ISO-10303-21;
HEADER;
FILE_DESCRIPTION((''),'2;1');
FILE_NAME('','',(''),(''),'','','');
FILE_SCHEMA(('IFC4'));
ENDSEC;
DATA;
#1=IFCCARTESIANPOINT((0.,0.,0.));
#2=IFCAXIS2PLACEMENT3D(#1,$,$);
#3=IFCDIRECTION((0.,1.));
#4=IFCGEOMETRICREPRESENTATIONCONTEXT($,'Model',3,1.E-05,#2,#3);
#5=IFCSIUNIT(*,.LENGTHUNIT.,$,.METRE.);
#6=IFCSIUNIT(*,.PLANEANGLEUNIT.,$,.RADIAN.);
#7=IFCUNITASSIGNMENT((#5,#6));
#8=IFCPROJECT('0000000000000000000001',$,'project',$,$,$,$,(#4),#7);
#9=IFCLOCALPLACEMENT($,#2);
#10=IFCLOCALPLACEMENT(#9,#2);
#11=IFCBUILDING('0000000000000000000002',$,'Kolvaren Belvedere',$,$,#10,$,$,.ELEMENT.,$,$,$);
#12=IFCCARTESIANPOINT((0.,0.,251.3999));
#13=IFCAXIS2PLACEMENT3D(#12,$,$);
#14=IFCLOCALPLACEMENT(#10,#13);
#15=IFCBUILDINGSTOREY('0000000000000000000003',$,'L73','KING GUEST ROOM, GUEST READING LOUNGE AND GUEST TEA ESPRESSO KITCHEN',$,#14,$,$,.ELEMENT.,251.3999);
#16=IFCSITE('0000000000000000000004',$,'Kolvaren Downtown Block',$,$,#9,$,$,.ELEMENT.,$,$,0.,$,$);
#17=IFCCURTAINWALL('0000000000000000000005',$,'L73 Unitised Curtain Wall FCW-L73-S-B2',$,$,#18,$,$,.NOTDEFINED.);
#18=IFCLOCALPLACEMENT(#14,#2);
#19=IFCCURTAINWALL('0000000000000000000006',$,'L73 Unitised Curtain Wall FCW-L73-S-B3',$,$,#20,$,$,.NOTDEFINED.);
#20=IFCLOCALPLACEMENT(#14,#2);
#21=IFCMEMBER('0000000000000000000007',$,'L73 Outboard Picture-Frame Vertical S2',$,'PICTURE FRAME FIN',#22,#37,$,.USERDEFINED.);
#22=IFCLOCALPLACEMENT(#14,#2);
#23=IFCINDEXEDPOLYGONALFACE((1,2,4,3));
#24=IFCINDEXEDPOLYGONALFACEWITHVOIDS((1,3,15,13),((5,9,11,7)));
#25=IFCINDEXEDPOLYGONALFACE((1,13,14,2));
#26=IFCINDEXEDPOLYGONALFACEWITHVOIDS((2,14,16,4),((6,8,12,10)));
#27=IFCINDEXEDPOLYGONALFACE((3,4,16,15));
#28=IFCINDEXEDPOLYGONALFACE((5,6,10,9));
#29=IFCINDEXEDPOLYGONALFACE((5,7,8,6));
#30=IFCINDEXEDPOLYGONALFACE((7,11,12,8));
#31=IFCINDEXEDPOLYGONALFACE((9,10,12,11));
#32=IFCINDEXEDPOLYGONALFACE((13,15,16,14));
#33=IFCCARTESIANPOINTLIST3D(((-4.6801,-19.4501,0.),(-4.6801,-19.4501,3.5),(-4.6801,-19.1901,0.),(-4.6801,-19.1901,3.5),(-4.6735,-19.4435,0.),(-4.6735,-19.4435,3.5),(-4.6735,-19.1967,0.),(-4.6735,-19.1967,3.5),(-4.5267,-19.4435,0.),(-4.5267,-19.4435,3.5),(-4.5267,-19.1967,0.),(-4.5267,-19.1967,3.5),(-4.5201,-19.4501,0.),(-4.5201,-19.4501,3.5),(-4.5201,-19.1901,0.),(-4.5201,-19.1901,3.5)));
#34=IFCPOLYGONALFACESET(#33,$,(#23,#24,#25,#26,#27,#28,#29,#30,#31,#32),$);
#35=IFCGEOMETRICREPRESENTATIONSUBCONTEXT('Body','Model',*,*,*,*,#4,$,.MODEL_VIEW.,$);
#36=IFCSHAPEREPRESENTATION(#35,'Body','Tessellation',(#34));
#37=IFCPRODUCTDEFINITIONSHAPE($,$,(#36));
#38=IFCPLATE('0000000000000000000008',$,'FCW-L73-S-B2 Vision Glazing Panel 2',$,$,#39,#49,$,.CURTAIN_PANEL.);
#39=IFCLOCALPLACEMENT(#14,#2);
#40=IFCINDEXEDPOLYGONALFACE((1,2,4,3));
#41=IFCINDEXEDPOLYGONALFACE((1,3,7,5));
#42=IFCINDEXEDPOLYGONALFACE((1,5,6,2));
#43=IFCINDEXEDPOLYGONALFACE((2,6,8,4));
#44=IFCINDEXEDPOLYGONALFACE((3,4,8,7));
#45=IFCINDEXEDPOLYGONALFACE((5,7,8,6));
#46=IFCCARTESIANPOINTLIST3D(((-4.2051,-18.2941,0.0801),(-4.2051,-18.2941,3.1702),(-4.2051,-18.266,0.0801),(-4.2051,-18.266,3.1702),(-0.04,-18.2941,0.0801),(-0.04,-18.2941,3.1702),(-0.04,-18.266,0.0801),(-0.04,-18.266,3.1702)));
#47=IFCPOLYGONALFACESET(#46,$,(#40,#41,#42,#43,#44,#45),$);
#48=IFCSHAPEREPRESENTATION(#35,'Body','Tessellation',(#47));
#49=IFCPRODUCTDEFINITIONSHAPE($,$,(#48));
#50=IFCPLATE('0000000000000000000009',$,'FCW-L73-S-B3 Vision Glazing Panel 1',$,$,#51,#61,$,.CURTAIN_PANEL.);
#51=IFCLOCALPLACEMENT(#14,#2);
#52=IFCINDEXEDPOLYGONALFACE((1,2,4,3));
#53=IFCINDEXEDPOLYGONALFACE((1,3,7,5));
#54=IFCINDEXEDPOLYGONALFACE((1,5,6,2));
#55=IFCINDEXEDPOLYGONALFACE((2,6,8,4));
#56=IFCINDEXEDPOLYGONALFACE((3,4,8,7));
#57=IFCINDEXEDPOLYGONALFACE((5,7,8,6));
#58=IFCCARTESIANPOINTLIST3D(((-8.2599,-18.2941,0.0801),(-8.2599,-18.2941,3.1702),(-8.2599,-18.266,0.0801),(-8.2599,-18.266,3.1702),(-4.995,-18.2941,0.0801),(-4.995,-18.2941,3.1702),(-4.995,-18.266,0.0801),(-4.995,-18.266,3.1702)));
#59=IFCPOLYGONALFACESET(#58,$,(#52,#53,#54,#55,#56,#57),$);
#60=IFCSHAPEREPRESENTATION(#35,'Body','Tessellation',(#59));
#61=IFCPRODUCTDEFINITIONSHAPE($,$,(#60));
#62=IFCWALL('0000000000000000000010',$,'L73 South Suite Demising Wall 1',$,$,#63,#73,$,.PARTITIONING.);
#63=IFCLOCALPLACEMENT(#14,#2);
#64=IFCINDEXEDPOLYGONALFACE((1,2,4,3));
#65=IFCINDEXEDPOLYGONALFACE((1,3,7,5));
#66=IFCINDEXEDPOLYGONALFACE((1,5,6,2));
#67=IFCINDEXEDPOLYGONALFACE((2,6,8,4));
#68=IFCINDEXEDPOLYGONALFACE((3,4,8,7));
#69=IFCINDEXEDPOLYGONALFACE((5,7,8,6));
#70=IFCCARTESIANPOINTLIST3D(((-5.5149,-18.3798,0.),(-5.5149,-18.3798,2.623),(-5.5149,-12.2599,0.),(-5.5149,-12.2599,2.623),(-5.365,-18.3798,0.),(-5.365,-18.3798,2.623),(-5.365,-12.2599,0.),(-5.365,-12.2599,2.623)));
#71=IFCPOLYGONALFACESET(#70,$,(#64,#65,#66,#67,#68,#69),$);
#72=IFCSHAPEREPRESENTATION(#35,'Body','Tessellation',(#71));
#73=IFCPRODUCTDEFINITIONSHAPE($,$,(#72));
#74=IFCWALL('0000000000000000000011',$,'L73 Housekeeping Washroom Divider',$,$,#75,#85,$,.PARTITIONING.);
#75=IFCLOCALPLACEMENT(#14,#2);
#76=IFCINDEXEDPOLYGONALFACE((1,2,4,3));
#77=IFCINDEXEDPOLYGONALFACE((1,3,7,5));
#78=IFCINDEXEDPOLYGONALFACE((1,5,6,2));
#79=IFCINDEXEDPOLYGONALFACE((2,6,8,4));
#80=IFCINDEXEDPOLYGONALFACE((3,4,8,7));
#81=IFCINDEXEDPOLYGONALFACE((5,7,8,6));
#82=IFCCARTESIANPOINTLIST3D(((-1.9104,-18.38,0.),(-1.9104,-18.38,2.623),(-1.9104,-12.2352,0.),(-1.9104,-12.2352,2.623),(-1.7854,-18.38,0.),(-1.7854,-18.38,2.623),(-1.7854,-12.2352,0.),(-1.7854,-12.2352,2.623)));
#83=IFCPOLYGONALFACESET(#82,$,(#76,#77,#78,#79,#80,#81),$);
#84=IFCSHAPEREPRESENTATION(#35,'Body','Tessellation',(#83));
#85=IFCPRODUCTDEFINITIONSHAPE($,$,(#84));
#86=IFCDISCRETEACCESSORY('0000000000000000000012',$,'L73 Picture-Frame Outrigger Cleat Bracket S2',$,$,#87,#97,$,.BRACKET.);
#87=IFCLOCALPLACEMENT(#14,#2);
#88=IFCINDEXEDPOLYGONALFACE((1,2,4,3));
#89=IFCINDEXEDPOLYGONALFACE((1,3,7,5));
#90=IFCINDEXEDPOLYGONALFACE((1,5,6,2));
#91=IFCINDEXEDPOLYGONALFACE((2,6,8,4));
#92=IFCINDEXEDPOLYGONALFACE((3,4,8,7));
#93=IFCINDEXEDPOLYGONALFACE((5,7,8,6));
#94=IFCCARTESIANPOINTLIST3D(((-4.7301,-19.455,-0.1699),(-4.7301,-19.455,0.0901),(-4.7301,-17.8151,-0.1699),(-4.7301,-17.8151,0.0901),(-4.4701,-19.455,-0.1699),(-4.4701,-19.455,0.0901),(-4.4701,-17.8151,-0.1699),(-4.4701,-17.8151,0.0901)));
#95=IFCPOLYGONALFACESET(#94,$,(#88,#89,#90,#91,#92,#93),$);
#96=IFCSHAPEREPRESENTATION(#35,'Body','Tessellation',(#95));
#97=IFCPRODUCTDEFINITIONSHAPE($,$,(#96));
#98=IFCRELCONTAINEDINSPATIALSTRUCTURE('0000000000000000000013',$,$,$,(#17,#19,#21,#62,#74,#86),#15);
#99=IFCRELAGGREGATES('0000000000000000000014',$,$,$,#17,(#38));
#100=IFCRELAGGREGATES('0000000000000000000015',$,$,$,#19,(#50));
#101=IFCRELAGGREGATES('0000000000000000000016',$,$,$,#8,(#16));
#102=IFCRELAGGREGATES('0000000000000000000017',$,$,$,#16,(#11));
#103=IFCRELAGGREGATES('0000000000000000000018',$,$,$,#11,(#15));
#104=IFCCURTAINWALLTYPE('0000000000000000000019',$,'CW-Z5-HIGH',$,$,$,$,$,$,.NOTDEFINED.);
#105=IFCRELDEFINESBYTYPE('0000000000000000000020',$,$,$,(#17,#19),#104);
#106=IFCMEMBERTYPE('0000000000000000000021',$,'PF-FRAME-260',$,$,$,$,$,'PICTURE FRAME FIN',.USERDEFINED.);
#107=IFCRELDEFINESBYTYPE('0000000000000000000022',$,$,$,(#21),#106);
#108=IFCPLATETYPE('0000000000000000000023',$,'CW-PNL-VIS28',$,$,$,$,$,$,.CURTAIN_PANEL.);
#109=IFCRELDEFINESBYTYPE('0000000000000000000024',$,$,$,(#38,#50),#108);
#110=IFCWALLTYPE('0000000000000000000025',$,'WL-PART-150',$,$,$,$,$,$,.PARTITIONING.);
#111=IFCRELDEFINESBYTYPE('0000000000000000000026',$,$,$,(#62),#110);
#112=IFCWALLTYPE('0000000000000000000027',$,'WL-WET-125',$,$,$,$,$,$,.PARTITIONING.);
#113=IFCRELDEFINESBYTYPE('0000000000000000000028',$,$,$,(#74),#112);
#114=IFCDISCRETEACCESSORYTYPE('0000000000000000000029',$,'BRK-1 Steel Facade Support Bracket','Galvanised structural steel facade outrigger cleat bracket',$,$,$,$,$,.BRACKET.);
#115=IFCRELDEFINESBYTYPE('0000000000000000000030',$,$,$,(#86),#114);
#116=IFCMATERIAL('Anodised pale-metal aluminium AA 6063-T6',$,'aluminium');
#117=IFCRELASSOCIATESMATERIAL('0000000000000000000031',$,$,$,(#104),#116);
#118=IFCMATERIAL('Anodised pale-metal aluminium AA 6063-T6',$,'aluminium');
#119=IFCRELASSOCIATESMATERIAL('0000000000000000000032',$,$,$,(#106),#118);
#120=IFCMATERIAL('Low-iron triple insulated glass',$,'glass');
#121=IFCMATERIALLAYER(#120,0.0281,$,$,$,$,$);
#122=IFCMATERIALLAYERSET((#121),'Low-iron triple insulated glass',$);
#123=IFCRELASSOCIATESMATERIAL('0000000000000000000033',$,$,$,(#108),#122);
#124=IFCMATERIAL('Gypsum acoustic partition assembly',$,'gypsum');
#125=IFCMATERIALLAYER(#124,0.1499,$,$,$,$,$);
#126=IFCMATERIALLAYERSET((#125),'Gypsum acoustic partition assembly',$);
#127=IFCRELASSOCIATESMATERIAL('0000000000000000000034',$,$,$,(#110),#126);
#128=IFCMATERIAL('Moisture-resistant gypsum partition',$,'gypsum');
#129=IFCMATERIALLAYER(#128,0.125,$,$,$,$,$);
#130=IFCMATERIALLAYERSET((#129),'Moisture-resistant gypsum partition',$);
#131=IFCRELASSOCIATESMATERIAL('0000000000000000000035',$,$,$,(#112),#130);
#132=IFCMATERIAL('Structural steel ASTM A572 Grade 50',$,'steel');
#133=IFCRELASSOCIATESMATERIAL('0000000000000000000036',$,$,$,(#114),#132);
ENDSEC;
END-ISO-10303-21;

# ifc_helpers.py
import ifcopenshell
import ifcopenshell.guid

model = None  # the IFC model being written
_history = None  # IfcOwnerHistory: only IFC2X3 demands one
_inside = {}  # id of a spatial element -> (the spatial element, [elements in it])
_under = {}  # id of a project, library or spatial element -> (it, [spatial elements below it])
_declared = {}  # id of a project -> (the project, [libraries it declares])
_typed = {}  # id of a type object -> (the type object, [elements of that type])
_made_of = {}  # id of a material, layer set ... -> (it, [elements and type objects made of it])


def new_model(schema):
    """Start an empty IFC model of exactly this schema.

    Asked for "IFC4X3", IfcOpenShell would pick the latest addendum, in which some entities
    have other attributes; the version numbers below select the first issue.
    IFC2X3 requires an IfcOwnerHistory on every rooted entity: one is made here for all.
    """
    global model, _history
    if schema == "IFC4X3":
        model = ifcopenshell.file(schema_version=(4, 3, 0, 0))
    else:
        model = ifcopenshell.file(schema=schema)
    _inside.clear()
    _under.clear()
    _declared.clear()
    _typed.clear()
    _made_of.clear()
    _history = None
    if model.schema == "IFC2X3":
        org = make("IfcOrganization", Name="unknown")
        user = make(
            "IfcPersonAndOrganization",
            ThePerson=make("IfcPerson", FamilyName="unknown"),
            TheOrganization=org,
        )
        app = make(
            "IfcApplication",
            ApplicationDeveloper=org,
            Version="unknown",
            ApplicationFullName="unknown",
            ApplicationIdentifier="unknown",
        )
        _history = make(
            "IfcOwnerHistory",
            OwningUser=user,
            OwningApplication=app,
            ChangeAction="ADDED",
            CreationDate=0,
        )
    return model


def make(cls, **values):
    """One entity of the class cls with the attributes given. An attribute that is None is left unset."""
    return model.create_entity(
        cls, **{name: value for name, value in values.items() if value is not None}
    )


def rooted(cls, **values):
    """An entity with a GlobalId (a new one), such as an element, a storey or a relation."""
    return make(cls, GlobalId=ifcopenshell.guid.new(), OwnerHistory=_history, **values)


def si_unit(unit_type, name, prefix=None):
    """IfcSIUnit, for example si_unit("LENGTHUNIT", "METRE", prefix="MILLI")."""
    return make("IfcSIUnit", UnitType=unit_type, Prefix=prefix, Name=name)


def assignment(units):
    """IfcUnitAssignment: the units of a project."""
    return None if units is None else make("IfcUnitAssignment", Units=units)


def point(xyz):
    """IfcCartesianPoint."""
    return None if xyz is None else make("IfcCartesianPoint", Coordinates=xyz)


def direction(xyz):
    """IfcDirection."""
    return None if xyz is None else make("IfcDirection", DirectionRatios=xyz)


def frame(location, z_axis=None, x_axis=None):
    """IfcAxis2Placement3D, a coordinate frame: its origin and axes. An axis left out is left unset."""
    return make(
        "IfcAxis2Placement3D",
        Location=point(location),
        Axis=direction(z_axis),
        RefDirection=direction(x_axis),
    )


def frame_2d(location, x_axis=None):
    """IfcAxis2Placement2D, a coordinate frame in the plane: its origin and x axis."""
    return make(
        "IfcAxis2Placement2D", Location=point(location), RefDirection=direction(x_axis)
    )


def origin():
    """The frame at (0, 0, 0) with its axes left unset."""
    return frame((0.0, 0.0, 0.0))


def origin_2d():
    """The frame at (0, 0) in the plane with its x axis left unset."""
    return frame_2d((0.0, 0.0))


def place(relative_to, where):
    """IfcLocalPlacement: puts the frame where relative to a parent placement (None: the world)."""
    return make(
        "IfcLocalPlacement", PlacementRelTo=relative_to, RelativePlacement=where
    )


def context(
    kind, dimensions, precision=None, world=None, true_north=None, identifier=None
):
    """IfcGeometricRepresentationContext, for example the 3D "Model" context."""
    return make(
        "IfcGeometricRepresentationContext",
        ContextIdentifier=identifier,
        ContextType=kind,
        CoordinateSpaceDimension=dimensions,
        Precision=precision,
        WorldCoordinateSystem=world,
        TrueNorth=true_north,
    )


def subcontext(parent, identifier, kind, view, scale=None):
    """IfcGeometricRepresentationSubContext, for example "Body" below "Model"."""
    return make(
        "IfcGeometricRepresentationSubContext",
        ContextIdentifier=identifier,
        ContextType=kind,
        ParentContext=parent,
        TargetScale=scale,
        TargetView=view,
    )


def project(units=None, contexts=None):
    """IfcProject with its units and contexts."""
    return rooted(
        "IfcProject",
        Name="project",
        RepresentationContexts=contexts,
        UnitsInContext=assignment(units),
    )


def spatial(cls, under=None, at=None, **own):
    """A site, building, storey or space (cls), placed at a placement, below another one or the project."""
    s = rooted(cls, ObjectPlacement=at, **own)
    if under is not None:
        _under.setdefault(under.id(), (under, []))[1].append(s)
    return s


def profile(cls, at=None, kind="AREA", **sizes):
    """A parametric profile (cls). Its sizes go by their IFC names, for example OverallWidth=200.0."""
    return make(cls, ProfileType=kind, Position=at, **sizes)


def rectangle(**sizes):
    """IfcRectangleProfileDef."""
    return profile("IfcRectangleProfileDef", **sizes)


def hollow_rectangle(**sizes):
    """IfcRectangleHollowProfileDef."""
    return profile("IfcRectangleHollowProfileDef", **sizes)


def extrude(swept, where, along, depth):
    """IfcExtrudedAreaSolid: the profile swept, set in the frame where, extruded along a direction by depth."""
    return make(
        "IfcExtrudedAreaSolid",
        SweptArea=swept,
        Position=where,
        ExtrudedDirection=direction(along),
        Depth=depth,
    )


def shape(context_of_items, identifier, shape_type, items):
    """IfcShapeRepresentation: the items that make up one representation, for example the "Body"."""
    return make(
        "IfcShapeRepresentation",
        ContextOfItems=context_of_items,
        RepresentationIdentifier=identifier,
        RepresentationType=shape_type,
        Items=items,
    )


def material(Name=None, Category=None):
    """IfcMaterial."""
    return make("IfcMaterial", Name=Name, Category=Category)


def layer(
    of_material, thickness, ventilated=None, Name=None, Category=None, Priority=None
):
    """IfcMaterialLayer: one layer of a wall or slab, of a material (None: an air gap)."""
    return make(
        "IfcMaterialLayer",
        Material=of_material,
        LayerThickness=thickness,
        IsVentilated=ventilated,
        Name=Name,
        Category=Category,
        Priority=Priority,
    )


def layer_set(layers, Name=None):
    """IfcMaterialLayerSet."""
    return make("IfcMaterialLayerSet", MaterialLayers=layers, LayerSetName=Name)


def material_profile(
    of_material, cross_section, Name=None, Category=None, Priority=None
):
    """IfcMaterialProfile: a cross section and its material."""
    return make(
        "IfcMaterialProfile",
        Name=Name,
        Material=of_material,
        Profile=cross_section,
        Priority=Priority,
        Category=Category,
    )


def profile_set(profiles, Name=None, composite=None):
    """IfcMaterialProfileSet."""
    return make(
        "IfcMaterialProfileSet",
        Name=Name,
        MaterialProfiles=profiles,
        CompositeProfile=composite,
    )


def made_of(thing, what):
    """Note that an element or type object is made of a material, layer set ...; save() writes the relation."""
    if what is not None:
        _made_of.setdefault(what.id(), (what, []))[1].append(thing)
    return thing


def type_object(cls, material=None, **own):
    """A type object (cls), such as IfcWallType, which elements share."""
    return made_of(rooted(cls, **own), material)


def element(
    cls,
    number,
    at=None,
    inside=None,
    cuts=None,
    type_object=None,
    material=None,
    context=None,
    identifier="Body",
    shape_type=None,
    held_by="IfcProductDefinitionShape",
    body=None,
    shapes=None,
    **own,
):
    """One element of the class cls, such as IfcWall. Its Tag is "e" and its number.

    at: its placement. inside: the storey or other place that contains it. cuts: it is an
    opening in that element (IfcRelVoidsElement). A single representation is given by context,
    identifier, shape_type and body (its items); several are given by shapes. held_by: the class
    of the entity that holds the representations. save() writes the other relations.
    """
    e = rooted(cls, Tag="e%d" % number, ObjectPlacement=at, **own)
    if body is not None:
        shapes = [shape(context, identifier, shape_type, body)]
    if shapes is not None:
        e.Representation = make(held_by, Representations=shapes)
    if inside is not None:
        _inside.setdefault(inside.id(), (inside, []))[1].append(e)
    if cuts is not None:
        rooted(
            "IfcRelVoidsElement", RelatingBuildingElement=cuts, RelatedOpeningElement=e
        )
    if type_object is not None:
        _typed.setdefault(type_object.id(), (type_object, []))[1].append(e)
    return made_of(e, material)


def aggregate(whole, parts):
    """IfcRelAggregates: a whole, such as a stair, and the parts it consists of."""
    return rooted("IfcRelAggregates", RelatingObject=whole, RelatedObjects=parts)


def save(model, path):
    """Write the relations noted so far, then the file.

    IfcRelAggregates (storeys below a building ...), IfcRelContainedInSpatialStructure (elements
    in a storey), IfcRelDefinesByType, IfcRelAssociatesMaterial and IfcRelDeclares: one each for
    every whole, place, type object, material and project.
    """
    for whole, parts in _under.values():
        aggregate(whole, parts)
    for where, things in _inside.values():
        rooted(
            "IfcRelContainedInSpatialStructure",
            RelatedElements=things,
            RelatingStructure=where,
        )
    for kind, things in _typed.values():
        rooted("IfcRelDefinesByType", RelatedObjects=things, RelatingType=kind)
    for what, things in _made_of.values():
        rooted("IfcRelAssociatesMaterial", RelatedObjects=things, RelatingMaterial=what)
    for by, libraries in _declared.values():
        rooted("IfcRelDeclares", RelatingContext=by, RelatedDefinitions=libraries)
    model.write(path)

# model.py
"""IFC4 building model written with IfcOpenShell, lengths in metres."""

from ifc_helpers import new_model, si_unit, direction, frame, frame_2d, origin, origin_2d, place, context, subcontext, project, spatial, rectangle, hollow_rectangle, extrude, material, layer, layer_set, material_profile, profile_set, type_object, element, aggregate, save


model = new_model("IFC4")

# Units and contexts
model_context = context("Model", 3, precision=1e-05, world=origin(), true_north=direction((0.0, 1.0)))
body_context = subcontext(model_context, "Body", "Model", "MODEL_VIEW")
ifc_project = project(units=[si_unit("LENGTHUNIT", "METRE"), si_unit("PLANEANGLEUNIT", "RADIAN")], contexts=[model_context])

# Site, building, storey
site_placement = place(None, origin())
site = spatial("IfcSite", under=ifc_project, at=site_placement, Name="Kolvaren Downtown Block", CompositionType="ELEMENT", RefElevation=0.0)
building_placement = place(site_placement, origin())
building = spatial("IfcBuilding", under=site, at=building_placement, Name="Kolvaren Belvedere", CompositionType="ELEMENT")
storey_placement = place(building_placement, frame((0.0, 0.0, 251.3999)))
storey = spatial("IfcBuildingStorey", under=building, at=storey_placement, Name="L73", Description="KING GUEST ROOM, GUEST READING LOUNGE AND GUEST TEA ESPRESSO KITCHEN", CompositionType="ELEMENT", Elevation=251.3999)

# Curtain wall
ifc_material_1 = material(Name="Anodised pale-metal aluminium AA 6063-T6", Category="aluminium")
curtain_wall_type = type_object("IfcCurtainWallType", Name="CW-Z5-HIGH", PredefinedType="NOTDEFINED", material=ifc_material_1)
curtain_wall_1_placement = place(storey_placement, origin())
curtain_wall_1 = element("IfcCurtainWall", 1, at=curtain_wall_1_placement, inside=storey, type_object=curtain_wall_type, Name="L73 Unitised Curtain Wall FCW-L73-S-B2", PredefinedType="NOTDEFINED")

# Curtain wall
curtain_wall_2_placement = place(storey_placement, origin())
curtain_wall_2 = element("IfcCurtainWall", 2, at=curtain_wall_2_placement, inside=storey, type_object=curtain_wall_type, Name="L73 Unitised Curtain Wall FCW-L73-S-B3", PredefinedType="NOTDEFINED")

# Member
ifc_material_2 = material(Name="Anodised pale-metal aluminium AA 6063-T6", Category="aluminium")
ifc_material_profile_1 = material_profile(ifc_material_2, hollow_rectangle(XDim=0.1599, YDim=0.26, WallThickness=0.0066, at=origin_2d()), Name="ALU-PF-260X160")
ifc_profile_set_1 = profile_set([ifc_material_profile_1], Name="Anodised pale-metal aluminium AA 6063-T6")
member_type_1 = type_object("IfcMemberType", Name="PF-FRAME-260", ElementType="PICTURE FRAME FIN", PredefinedType="USERDEFINED", material=ifc_profile_set_1)
member_1_placement = place(storey_placement, frame((-4.6001, -19.3201, 0.0), z_axis=(0.0, 0.0, 1.0), x_axis=(1.0, 0.0, 0.0)))
element("IfcMember", 3, at=member_1_placement, inside=storey, type_object=member_type_1, Name="L73 Outboard Picture-Frame Vertical S2", ObjectType="PICTURE FRAME FIN", PredefinedType="USERDEFINED", context=body_context, shape_type="SweptSolid", body=[
    extrude(hollow_rectangle(XDim=0.1599, YDim=0.26, WallThickness=0.0066, at=origin_2d()), origin(), (0.0, 0.0, 1.0), 3.5),
])

# Plates
ifc_material_3 = material(Name="Low-iron triple insulated glass", Category="glass")
ifc_layer_1 = layer(ifc_material_3, 0.0281)
ifc_layer_set_1 = layer_set([ifc_layer_1], Name="Low-iron triple insulated glass")
plate_type = type_object("IfcPlateType", Name="CW-PNL-VIS28", PredefinedType="CURTAIN_PANEL", material=ifc_layer_set_1)
plate_1_placement = place(storey_placement, frame((-2.1226, -18.28, 0.0801), z_axis=(0.0, 0.0, 1.0), x_axis=(-1.0, 0.0, 0.0)))
plate_1 = element("IfcPlate", 4, at=plate_1_placement, type_object=plate_type, Name="FCW-L73-S-B2 Vision Glazing Panel 2", PredefinedType="CURTAIN_PANEL", context=body_context, shape_type="SweptSolid", body=[
    extrude(rectangle(XDim=4.165, YDim=0.0281, at=origin_2d()), origin(), (0.0, 0.0, 1.0), 3.0901),
])
aggregate(curtain_wall_1, [plate_1])
plate_2_placement = place(storey_placement, frame((-6.6274, -18.28, 0.0801), z_axis=(0.0, 0.0, 1.0), x_axis=(-1.0, 0.0, 0.0)))
plate_2 = element("IfcPlate", 5, at=plate_2_placement, type_object=plate_type, Name="FCW-L73-S-B3 Vision Glazing Panel 1", PredefinedType="CURTAIN_PANEL", context=body_context, shape_type="SweptSolid", body=[
    extrude(rectangle(XDim=3.2649, YDim=0.0281, at=origin_2d()), origin(), (0.0, 0.0, 1.0), 3.0901),
])
aggregate(curtain_wall_2, [plate_2])

# Walls
ifc_material_4 = material(Name="Gypsum acoustic partition assembly", Category="gypsum")
ifc_layer_2 = layer(ifc_material_4, 0.1499)
ifc_layer_set_2 = layer_set([ifc_layer_2], Name="Gypsum acoustic partition assembly")
wall_type_1 = type_object("IfcWallType", Name="WL-PART-150", PredefinedType="PARTITIONING", material=ifc_layer_set_2)
wall_1_placement = place(storey_placement, frame((-5.4399, -18.3799, 0.0), z_axis=(0.0, 0.0, 1.0), x_axis=(0.0, 1.0, 0.0)))
element("IfcWall", 6, at=wall_1_placement, inside=storey, type_object=wall_type_1, Name="L73 South Suite Demising Wall 1", PredefinedType="PARTITIONING", context=body_context, shape_type="SweptSolid", body=[
    extrude(rectangle(XDim=6.1199, YDim=0.1499, at=frame_2d((3.0601, 0.0))), origin(), (0.0, 0.0, 1.0), 2.623),
])
ifc_material_5 = material(Name="Moisture-resistant gypsum partition", Category="gypsum")
ifc_layer_3 = layer(ifc_material_5, 0.125)
ifc_layer_set_3 = layer_set([ifc_layer_3], Name="Moisture-resistant gypsum partition")
wall_type_2 = type_object("IfcWallType", Name="WL-WET-125", PredefinedType="PARTITIONING", material=ifc_layer_set_3)
wall_2_placement = place(storey_placement, frame((-1.8479, -18.3799, 0.0), z_axis=(0.0, 0.0, 1.0), x_axis=(0.0, 1.0, 0.0)))
element("IfcWall", 7, at=wall_2_placement, inside=storey, type_object=wall_type_2, Name="L73 Housekeeping Washroom Divider", PredefinedType="PARTITIONING", context=body_context, shape_type="SweptSolid", body=[
    extrude(rectangle(XDim=6.1448, YDim=0.125, at=frame_2d((3.0723, 0.0))), origin(), (0.0, 0.0, 1.0), 2.623),
])

# Discrete accessory
ifc_material_6 = material(Name="Structural steel ASTM A572 Grade 50", Category="steel")
discrete_accessory_type = type_object("IfcDiscreteAccessoryType", Name="BRK-1 Steel Facade Support Bracket", Description="Galvanised structural steel facade outrigger cleat bracket", PredefinedType="BRACKET", material=ifc_material_6)
discrete_accessory_placement = place(storey_placement, frame((-4.6001, -18.635, -0.1699), z_axis=(0.0, 0.0, 1.0), x_axis=(0.0, 1.0, 0.0)))
element("IfcDiscreteAccessory", 8, at=discrete_accessory_placement, inside=storey, type_object=discrete_accessory_type, Name="L73 Picture-Frame Outrigger Cleat Bracket S2", PredefinedType="BRACKET", context=body_context, shape_type="SweptSolid", body=[
    extrude(rectangle(XDim=1.6399, YDim=0.26, at=origin_2d()), origin(), (0.0, 0.0, 1.0), 0.26),
])

save(model, "model.ifc")
